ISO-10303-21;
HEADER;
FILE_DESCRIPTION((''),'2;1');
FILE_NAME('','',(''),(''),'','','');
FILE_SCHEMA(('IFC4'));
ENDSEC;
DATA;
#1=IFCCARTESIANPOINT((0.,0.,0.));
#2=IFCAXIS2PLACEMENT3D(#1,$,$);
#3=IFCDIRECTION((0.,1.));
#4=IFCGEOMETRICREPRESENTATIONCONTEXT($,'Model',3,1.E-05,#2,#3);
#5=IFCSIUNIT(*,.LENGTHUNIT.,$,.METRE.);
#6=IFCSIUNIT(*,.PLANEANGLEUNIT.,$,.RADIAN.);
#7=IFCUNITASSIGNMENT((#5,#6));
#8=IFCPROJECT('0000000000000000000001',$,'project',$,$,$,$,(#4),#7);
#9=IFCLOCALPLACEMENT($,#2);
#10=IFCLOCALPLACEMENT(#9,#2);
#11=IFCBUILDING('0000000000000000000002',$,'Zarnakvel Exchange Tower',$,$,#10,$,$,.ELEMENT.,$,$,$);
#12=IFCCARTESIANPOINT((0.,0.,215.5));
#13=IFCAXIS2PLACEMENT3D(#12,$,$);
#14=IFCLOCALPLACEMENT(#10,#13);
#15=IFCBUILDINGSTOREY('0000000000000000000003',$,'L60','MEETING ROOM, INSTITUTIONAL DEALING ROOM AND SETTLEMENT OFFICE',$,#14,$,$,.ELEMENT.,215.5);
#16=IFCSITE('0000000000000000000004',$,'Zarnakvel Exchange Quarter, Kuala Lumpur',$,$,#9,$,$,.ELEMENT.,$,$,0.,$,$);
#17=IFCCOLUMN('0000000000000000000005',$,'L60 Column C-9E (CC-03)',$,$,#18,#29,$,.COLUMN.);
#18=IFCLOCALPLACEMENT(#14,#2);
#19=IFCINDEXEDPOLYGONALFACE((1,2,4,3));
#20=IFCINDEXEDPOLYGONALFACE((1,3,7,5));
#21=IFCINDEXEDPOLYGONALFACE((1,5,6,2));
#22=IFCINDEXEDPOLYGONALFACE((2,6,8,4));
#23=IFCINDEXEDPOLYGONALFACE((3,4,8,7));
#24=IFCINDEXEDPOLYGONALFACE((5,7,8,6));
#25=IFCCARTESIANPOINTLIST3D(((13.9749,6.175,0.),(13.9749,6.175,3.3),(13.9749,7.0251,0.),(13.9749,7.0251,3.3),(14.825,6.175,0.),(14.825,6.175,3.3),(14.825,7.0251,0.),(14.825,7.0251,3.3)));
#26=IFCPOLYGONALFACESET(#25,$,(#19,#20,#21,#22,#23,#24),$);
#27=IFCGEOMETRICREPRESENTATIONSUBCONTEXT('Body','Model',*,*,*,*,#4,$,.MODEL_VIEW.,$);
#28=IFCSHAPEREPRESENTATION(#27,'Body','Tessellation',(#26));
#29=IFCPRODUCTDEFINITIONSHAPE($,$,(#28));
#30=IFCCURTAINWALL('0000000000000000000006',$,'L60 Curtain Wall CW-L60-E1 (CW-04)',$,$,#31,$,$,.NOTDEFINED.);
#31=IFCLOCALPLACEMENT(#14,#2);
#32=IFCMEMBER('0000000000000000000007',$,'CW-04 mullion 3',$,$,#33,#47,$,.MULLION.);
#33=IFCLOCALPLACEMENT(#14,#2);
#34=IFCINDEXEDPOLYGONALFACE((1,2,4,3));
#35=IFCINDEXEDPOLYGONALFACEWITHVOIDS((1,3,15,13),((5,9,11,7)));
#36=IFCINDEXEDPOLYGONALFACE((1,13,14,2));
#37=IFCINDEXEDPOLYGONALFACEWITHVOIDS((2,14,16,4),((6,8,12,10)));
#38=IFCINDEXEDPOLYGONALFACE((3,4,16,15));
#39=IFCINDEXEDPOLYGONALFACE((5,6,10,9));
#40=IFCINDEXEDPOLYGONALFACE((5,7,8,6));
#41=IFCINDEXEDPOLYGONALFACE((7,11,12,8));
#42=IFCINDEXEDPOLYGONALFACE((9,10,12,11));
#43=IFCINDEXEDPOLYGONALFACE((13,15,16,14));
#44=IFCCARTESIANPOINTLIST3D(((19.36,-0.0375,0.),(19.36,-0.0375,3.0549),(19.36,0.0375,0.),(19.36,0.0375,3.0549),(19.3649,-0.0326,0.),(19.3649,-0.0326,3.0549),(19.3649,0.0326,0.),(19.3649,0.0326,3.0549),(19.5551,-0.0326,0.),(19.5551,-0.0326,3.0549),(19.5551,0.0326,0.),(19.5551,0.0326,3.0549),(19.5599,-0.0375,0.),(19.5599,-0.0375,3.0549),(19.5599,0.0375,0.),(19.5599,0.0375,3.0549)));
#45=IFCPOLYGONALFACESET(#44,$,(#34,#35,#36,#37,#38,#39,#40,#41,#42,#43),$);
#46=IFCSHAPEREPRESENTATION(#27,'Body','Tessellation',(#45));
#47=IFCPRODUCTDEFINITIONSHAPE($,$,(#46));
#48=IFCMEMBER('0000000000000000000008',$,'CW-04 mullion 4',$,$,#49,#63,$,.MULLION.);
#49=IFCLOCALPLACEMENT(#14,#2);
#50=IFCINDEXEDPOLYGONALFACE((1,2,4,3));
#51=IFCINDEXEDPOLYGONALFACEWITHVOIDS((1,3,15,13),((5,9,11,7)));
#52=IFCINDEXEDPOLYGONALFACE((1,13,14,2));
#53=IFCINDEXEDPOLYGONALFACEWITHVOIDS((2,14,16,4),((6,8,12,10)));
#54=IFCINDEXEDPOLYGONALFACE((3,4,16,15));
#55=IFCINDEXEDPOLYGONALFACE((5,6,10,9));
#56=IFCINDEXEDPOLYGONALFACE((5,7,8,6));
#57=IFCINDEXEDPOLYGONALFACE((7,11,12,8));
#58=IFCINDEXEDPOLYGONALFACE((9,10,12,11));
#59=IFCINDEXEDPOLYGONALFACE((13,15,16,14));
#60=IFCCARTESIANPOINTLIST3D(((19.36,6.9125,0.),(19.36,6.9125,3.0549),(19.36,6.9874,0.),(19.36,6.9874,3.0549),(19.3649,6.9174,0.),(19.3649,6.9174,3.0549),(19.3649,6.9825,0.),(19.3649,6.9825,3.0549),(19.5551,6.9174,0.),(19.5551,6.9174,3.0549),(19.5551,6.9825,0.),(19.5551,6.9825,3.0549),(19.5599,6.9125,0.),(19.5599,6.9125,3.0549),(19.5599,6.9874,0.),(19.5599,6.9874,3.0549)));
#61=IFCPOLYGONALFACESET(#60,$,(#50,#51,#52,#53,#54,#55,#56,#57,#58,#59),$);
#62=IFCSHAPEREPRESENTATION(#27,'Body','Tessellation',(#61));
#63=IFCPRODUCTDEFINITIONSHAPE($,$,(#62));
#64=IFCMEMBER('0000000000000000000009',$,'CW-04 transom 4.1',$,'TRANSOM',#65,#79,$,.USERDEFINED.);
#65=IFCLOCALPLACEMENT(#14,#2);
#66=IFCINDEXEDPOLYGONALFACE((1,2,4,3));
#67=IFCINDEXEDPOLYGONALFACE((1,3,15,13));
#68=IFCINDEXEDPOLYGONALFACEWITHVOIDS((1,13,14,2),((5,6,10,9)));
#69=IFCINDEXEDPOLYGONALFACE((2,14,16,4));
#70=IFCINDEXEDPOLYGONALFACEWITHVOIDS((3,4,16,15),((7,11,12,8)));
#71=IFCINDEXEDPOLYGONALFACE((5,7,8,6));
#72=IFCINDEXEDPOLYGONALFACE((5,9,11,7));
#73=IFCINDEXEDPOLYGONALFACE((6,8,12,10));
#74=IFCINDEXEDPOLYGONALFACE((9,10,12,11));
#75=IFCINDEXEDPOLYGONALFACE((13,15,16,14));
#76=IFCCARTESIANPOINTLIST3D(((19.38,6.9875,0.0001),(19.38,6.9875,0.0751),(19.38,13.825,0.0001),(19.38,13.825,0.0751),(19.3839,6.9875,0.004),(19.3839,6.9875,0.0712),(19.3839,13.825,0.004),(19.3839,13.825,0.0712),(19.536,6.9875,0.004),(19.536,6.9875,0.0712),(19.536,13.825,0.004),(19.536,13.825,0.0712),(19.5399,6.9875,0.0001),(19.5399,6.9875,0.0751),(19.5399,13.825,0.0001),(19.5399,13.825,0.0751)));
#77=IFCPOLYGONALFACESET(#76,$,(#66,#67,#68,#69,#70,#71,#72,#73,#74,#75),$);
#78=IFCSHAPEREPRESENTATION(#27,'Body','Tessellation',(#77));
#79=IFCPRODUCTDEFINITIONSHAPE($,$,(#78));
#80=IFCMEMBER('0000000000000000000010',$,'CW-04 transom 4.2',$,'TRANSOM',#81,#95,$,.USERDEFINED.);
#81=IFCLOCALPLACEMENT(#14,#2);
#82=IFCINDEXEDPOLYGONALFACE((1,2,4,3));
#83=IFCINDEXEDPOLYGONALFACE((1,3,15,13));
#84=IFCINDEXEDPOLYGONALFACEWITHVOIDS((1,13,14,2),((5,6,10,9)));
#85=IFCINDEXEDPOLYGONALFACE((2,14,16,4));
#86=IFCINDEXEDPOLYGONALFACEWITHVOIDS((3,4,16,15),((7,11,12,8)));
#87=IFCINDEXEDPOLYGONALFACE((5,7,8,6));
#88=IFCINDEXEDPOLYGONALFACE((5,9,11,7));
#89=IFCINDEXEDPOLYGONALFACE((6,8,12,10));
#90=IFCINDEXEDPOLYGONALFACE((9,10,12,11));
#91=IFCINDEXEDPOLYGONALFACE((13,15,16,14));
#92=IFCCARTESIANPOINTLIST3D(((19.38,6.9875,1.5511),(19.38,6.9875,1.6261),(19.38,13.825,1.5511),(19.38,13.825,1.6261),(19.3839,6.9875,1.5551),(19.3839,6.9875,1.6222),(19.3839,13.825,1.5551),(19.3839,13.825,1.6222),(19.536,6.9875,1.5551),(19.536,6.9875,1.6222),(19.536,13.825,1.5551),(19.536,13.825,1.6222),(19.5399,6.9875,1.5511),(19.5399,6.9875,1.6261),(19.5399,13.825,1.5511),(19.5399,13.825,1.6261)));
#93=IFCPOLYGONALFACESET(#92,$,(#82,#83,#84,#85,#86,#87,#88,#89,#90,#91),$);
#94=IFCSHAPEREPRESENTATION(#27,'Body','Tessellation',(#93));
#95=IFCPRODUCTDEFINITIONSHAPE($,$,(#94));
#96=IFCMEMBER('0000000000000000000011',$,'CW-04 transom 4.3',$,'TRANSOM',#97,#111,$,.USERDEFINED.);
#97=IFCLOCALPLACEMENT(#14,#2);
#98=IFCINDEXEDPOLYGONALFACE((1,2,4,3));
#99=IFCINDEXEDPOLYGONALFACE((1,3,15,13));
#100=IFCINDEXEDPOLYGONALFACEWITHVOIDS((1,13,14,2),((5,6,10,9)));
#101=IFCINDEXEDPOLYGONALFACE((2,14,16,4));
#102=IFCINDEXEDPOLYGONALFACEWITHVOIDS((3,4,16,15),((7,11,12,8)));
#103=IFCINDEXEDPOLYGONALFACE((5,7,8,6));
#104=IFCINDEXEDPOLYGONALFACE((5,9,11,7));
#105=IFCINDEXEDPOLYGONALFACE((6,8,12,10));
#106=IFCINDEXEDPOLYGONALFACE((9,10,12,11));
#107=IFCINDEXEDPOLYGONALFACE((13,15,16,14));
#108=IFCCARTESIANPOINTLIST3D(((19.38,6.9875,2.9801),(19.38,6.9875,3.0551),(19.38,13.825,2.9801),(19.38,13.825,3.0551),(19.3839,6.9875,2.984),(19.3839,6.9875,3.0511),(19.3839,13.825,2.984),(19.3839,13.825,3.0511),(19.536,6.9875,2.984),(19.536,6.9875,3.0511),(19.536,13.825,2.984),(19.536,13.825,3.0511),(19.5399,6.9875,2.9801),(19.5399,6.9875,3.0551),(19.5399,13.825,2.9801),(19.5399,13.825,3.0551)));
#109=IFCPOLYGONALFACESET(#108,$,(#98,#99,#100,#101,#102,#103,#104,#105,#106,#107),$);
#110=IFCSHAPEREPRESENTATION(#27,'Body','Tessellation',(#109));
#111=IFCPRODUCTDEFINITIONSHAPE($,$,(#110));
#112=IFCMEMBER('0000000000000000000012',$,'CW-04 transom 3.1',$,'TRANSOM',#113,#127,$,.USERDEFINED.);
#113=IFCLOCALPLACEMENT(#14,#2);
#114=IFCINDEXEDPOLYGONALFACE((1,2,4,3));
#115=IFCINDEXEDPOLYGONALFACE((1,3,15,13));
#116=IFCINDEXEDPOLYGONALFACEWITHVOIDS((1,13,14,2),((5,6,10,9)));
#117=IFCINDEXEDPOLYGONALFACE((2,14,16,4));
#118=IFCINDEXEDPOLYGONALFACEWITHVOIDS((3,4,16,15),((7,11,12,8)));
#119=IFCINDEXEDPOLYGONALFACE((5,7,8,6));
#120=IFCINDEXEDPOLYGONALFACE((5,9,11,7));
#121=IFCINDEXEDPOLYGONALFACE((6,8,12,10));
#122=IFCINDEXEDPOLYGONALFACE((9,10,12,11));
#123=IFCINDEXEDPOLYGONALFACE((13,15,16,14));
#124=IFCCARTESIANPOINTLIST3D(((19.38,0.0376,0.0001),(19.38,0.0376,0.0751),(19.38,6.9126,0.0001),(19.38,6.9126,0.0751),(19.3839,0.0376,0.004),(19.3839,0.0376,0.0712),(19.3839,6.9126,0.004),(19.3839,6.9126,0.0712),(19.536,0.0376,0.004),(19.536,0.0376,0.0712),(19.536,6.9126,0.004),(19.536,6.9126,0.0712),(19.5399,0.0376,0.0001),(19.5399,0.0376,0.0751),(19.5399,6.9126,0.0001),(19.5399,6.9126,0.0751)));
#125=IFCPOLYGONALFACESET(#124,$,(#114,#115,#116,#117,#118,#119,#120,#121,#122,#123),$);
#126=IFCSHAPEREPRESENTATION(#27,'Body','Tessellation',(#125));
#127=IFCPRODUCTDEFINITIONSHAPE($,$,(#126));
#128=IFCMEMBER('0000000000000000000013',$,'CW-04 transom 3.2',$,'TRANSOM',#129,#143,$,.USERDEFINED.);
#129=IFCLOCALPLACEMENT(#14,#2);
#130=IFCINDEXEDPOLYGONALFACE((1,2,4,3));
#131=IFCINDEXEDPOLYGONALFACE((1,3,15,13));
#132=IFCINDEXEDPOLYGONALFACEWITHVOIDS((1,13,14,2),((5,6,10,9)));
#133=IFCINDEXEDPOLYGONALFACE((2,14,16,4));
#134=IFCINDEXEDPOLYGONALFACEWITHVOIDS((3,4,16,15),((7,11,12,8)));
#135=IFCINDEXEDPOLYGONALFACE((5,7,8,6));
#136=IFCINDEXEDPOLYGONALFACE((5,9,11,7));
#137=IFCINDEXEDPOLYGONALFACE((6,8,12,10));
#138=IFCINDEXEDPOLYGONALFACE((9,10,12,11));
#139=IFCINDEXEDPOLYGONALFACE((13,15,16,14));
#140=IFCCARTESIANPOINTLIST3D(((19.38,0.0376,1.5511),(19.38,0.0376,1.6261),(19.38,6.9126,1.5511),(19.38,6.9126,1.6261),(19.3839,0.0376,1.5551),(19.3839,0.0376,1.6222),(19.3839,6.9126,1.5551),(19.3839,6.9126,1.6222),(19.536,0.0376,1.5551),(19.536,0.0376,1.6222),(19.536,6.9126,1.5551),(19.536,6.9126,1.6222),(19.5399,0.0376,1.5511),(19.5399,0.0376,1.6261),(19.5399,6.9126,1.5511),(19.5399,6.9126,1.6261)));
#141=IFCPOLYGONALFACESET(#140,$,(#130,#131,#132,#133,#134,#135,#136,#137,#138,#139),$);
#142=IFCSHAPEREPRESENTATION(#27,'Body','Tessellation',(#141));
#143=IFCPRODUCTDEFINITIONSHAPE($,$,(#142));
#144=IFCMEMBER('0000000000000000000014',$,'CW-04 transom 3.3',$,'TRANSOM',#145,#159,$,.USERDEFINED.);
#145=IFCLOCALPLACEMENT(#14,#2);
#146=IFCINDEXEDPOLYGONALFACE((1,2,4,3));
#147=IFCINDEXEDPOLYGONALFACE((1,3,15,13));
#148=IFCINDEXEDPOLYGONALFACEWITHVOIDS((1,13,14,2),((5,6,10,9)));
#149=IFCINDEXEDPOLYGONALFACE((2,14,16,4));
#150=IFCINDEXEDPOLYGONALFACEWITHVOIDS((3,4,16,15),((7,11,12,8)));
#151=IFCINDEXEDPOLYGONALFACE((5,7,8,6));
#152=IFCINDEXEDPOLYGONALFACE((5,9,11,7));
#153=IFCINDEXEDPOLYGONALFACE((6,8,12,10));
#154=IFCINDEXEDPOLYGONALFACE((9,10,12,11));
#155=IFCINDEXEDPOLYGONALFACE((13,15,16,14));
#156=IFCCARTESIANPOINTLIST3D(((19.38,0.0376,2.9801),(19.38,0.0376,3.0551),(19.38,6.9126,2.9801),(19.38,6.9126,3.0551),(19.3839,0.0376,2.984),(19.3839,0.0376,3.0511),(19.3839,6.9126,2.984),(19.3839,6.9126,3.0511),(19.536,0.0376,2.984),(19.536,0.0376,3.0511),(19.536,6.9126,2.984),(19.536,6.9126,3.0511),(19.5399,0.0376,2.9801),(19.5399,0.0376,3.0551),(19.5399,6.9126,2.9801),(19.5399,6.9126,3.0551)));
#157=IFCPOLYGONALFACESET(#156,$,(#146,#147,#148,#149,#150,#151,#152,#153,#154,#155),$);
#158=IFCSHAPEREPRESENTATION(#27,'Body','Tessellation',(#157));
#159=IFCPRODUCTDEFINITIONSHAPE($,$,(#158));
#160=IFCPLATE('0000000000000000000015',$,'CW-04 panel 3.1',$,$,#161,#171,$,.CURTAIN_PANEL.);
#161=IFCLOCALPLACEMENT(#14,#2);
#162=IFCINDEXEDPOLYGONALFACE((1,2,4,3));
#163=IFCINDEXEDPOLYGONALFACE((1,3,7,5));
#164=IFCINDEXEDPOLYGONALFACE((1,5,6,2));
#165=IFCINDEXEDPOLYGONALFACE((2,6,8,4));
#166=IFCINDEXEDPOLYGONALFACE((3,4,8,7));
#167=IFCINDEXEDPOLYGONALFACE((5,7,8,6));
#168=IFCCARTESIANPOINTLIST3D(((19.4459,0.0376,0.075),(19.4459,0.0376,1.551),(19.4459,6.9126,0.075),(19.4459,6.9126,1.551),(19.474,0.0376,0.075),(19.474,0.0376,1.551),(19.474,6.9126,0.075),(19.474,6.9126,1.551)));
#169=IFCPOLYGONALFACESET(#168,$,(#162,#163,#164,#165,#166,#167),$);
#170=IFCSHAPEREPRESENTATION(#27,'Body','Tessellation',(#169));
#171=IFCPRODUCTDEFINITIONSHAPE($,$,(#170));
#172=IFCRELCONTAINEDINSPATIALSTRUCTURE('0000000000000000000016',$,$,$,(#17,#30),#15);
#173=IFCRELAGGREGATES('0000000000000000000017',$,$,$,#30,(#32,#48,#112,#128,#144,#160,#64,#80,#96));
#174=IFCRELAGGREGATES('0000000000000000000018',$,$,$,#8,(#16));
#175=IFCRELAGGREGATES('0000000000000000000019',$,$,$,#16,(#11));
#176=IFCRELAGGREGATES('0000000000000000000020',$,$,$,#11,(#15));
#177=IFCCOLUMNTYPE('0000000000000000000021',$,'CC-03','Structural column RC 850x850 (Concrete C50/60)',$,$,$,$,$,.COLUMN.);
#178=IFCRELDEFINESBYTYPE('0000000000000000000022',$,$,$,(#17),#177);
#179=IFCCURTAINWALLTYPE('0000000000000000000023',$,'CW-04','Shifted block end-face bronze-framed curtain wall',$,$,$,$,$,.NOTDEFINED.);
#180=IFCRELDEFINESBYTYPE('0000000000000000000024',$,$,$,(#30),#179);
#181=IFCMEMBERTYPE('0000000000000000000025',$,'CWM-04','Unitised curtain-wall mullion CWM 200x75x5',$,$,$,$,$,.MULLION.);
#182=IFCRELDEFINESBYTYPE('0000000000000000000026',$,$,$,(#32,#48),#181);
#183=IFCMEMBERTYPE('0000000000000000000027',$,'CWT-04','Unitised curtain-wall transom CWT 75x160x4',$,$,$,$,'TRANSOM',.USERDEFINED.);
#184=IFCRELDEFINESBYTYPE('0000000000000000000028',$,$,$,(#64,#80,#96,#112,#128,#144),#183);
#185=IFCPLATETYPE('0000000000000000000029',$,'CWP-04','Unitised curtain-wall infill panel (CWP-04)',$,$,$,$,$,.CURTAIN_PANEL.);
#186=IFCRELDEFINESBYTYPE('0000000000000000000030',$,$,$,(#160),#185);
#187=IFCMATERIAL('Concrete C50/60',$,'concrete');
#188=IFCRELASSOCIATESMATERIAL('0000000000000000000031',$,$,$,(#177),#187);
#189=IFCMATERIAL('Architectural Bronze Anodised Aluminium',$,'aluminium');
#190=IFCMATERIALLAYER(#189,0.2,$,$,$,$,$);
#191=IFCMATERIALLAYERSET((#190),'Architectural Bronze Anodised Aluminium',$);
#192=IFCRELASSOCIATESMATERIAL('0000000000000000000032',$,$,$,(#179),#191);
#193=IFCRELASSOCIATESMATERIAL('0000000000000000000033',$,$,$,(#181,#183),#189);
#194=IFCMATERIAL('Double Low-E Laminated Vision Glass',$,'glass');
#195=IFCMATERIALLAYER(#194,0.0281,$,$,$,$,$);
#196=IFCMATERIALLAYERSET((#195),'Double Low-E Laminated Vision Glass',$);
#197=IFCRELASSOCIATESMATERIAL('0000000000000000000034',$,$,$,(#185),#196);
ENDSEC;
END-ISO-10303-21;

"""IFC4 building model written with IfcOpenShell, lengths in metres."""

from ifc_helpers import new_model, si_unit, direction, frame, origin, origin_2d, place, context, subcontext, project, spatial, rectangle, hollow_rectangle, extrude, source, transform, mapped, material, layer, layer_set, material_profile, profile_set, type_object, element, aggregate, save


model = new_model("IFC4")

# Units and contexts
model_context = context("Model", 3, precision=1e-05, world=origin(), true_north=direction((0.0, 1.0)))
body_context = subcontext(model_context, "Body", "Model", "MODEL_VIEW")
ifc_project = project(units=[si_unit("LENGTHUNIT", "METRE"), si_unit("PLANEANGLEUNIT", "RADIAN")], contexts=[model_context])

# Site, building, storey
site_placement = place(None, origin())
site = spatial("IfcSite", under=ifc_project, at=site_placement, Name="Zarnakvel Exchange Quarter, Kuala Lumpur", CompositionType="ELEMENT", RefElevation=0.0)
building_placement = place(site_placement, origin())
building = spatial("IfcBuilding", under=site, at=building_placement, Name="Zarnakvel Exchange Tower", CompositionType="ELEMENT")
storey_placement = place(building_placement, frame((0.0, 0.0, 215.5)))
storey = spatial("IfcBuildingStorey", under=building, at=storey_placement, Name="L60", Description="MEETING ROOM, INSTITUTIONAL DEALING ROOM AND SETTLEMENT OFFICE", CompositionType="ELEMENT", Elevation=215.5)

# Column
ifc_material_1 = material(Name="Concrete C50/60", Category="concrete")
ifc_material_profile_1 = material_profile(ifc_material_1, rectangle(XDim=0.8501, YDim=0.8501, at=origin_2d()))
ifc_profile_set_1 = profile_set([ifc_material_profile_1], Name="Concrete C50/60")
column_type = type_object("IfcColumnType", Name="CC-03", Description="Structural column RC 850x850 (Concrete C50/60)", PredefinedType="COLUMN", material=ifc_profile_set_1)
column_placement = place(storey_placement, frame((14.3999, 6.6001, 0.0), z_axis=(0.0, 0.0, 1.0), x_axis=(1.0, 0.0, 0.0)))
element("IfcColumn", 1, at=column_placement, inside=storey, type_object=column_type, Name="L60 Column C-9E (CC-03)", PredefinedType="COLUMN", context=body_context, shape_type="SweptSolid", body=[
    extrude(rectangle(XDim=0.8501, YDim=0.8501, at=origin_2d()), origin(), (0.0, 0.0, 1.0), 3.3),
])

# Curtain wall, members, plate
ifc_material_2 = material(Name="Architectural Bronze Anodised Aluminium", Category="aluminium")
ifc_layer_1 = layer(ifc_material_2, 0.2)
ifc_layer_set_1 = layer_set([ifc_layer_1], Name="Architectural Bronze Anodised Aluminium")
curtain_wall_type = type_object("IfcCurtainWallType", Name="CW-04", Description="Shifted block end-face bronze-framed curtain wall", PredefinedType="NOTDEFINED", material=ifc_layer_set_1)
curtain_wall_placement = place(storey_placement, origin())
curtain_wall = element("IfcCurtainWall", 2, at=curtain_wall_placement, inside=storey, type_object=curtain_wall_type, Name="L60 Curtain Wall CW-L60-E1 (CW-04)", PredefinedType="NOTDEFINED")
ifc_material_profile_2 = material_profile(ifc_material_2, hollow_rectangle(XDim=0.2, YDim=0.075, WallThickness=0.0049, at=origin_2d()))
ifc_profile_set_2 = profile_set([ifc_material_profile_2], Name="Architectural Bronze Anodised Aluminium")
member_type_1 = type_object("IfcMemberType", Name="CWM-04", Description="Unitised curtain-wall mullion CWM 200x75x5", PredefinedType="MULLION", material=ifc_profile_set_2)
shared_shape_1 = source(origin(), body_context, "Body", "SweptSolid", [
    extrude(hollow_rectangle(XDim=0.2, YDim=0.075, WallThickness=0.0049, at=origin_2d()), origin(), (0.0, 0.0, 1.0), 3.0549),
])
member_1_placement = place(storey_placement, frame((19.46, 0.0, 0.0), z_axis=(0.0, 0.0, 1.0), x_axis=(-1.0, 0.0, 0.0)))
member_1 = element("IfcMember", 3, at=member_1_placement, type_object=member_type_1, Name="CW-04 mullion 3", PredefinedType="MULLION", context=body_context, shape_type="MappedRepresentation", body=[
    mapped(shared_shape_1, transform((0.0, 0.0, 0.0), x_axis=(1.0, 0.0, 0.0), y_axis=(0.0, 1.0, 0.0), z_axis=(0.0, 0.0, 1.0), scale=1.0)),
])
member_2_placement = place(storey_placement, frame((19.46, 6.95, 0.0), z_axis=(0.0, 0.0, 1.0), x_axis=(-1.0, 0.0, 0.0)))
member_2 = element("IfcMember", 4, at=member_2_placement, type_object=member_type_1, Name="CW-04 mullion 4", PredefinedType="MULLION", context=body_context, shape_type="MappedRepresentation", body=[
    mapped(shared_shape_1, transform((0.0, 0.0, 0.0), x_axis=(1.0, 0.0, 0.0), y_axis=(0.0, 1.0, 0.0), z_axis=(0.0, 0.0, 1.0), scale=1.0)),
])
ifc_material_profile_3 = material_profile(ifc_material_2, hollow_rectangle(XDim=0.1599, YDim=0.075, WallThickness=0.0039, at=origin_2d()))
ifc_profile_set_3 = profile_set([ifc_material_profile_3], Name="Architectural Bronze Anodised Aluminium")
member_type_2 = type_object("IfcMemberType", Name="CWT-04", Description="Unitised curtain-wall transom CWT 75x160x4", ElementType="TRANSOM", PredefinedType="USERDEFINED", material=ifc_profile_set_3)
shared_shape_2 = source(origin(), body_context, "Body", "SweptSolid", [
    extrude(hollow_rectangle(XDim=0.1599, YDim=0.075, WallThickness=0.0039, at=origin_2d()), origin(), (0.0, 0.0, 1.0), 6.8374),
])
member_3_placement = place(storey_placement, frame((19.46, 6.9875, 0.0376), z_axis=(0.0, 1.0, 0.0), x_axis=(-1.0, 0.0, 0.0)))
member_3 = element("IfcMember", 5, at=member_3_placement, type_object=member_type_2, Name="CW-04 transom 4.1", ObjectType="TRANSOM", PredefinedType="USERDEFINED", context=body_context, shape_type="MappedRepresentation", body=[
    mapped(shared_shape_2, transform((0.0, 0.0, 0.0), x_axis=(1.0, 0.0, 0.0), y_axis=(0.0, 1.0, 0.0), z_axis=(0.0, 0.0, 1.0), scale=1.0)),
])
member_4_placement = place(storey_placement, frame((19.46, 6.9875, 1.5886), z_axis=(0.0, 1.0, 0.0), x_axis=(-1.0, 0.0, 0.0)))
member_4 = element("IfcMember", 6, at=member_4_placement, type_object=member_type_2, Name="CW-04 transom 4.2", ObjectType="TRANSOM", PredefinedType="USERDEFINED", context=body_context, shape_type="MappedRepresentation", body=[
    mapped(shared_shape_2, transform((0.0, 0.0, 0.0), x_axis=(1.0, 0.0, 0.0), y_axis=(0.0, 1.0, 0.0), z_axis=(0.0, 0.0, 1.0), scale=1.0)),
])
member_5_placement = place(storey_placement, frame((19.46, 6.9875, 3.0176), z_axis=(0.0, 1.0, 0.0), x_axis=(-1.0, 0.0, 0.0)))
member_5 = element("IfcMember", 7, at=member_5_placement, type_object=member_type_2, Name="CW-04 transom 4.3", ObjectType="TRANSOM", PredefinedType="USERDEFINED", context=body_context, shape_type="MappedRepresentation", body=[
    mapped(shared_shape_2, transform((0.0, 0.0, 0.0), x_axis=(1.0, 0.0, 0.0), y_axis=(0.0, 1.0, 0.0), z_axis=(0.0, 0.0, 1.0), scale=1.0)),
])
shared_shape_3 = source(origin(), body_context, "Body", "SweptSolid", [
    extrude(hollow_rectangle(XDim=0.1599, YDim=0.075, WallThickness=0.0039, at=origin_2d()), origin(), (0.0, 0.0, 1.0), 6.875),
])
member_6_placement = place(storey_placement, frame((19.46, 0.0376, 0.0376), z_axis=(0.0, 1.0, 0.0), x_axis=(-1.0, 0.0, 0.0)))
member_6 = element("IfcMember", 8, at=member_6_placement, type_object=member_type_2, Name="CW-04 transom 3.1", ObjectType="TRANSOM", PredefinedType="USERDEFINED", context=body_context, shape_type="MappedRepresentation", body=[
    mapped(shared_shape_3, transform((0.0, 0.0, 0.0), x_axis=(1.0, 0.0, 0.0), y_axis=(0.0, 1.0, 0.0), z_axis=(0.0, 0.0, 1.0), scale=1.0)),
])
member_7_placement = place(storey_placement, frame((19.46, 0.0376, 1.5886), z_axis=(0.0, 1.0, 0.0), x_axis=(-1.0, 0.0, 0.0)))
member_7 = element("IfcMember", 9, at=member_7_placement, type_object=member_type_2, Name="CW-04 transom 3.2", ObjectType="TRANSOM", PredefinedType="USERDEFINED", context=body_context, shape_type="MappedRepresentation", body=[
    mapped(shared_shape_3, transform((0.0, 0.0, 0.0), x_axis=(1.0, 0.0, 0.0), y_axis=(0.0, 1.0, 0.0), z_axis=(0.0, 0.0, 1.0), scale=1.0)),
])
member_8_placement = place(storey_placement, frame((19.46, 0.0376, 3.0176), z_axis=(0.0, 1.0, 0.0), x_axis=(-1.0, 0.0, 0.0)))
member_8 = element("IfcMember", 10, at=member_8_placement, type_object=member_type_2, Name="CW-04 transom 3.3", ObjectType="TRANSOM", PredefinedType="USERDEFINED", context=body_context, shape_type="MappedRepresentation", body=[
    mapped(shared_shape_3, transform((0.0, 0.0, 0.0), x_axis=(1.0, 0.0, 0.0), y_axis=(0.0, 1.0, 0.0), z_axis=(0.0, 0.0, 1.0), scale=1.0)),
])
ifc_material_3 = material(Name="Double Low-E Laminated Vision Glass", Category="glass")
ifc_layer_2 = layer(ifc_material_3, 0.0281)
ifc_layer_set_2 = layer_set([ifc_layer_2], Name="Double Low-E Laminated Vision Glass")
plate_type = type_object("IfcPlateType", Name="CWP-04", Description="Unitised curtain-wall infill panel (CWP-04)", PredefinedType="CURTAIN_PANEL", material=ifc_layer_set_2)
shared_shape_4 = source(origin(), body_context, "Body", "SweptSolid", [
    extrude(rectangle(XDim=6.875, YDim=0.0281, at=origin_2d()), origin(), (0.0, 0.0, 1.0), 1.4761),
])
plate_1_placement = place(storey_placement, frame((19.46, 3.4751, 0.075), z_axis=(0.0, 0.0, 1.0), x_axis=(0.0, 1.0, 0.0)))
plate_1 = element("IfcPlate", 11, at=plate_1_placement, type_object=plate_type, Name="CW-04 panel 3.1", PredefinedType="CURTAIN_PANEL", context=body_context, shape_type="MappedRepresentation", body=[
    mapped(shared_shape_4, transform((0.0, 0.0, 0.0), x_axis=(1.0, 0.0, 0.0), y_axis=(0.0, 1.0, 0.0), z_axis=(0.0, 0.0, 1.0), scale=1.0)),
])
aggregate(curtain_wall, [member_1, member_2, member_6, member_7, member_8, plate_1, member_3, member_4, member_5])

save(model, "model.ifc")
